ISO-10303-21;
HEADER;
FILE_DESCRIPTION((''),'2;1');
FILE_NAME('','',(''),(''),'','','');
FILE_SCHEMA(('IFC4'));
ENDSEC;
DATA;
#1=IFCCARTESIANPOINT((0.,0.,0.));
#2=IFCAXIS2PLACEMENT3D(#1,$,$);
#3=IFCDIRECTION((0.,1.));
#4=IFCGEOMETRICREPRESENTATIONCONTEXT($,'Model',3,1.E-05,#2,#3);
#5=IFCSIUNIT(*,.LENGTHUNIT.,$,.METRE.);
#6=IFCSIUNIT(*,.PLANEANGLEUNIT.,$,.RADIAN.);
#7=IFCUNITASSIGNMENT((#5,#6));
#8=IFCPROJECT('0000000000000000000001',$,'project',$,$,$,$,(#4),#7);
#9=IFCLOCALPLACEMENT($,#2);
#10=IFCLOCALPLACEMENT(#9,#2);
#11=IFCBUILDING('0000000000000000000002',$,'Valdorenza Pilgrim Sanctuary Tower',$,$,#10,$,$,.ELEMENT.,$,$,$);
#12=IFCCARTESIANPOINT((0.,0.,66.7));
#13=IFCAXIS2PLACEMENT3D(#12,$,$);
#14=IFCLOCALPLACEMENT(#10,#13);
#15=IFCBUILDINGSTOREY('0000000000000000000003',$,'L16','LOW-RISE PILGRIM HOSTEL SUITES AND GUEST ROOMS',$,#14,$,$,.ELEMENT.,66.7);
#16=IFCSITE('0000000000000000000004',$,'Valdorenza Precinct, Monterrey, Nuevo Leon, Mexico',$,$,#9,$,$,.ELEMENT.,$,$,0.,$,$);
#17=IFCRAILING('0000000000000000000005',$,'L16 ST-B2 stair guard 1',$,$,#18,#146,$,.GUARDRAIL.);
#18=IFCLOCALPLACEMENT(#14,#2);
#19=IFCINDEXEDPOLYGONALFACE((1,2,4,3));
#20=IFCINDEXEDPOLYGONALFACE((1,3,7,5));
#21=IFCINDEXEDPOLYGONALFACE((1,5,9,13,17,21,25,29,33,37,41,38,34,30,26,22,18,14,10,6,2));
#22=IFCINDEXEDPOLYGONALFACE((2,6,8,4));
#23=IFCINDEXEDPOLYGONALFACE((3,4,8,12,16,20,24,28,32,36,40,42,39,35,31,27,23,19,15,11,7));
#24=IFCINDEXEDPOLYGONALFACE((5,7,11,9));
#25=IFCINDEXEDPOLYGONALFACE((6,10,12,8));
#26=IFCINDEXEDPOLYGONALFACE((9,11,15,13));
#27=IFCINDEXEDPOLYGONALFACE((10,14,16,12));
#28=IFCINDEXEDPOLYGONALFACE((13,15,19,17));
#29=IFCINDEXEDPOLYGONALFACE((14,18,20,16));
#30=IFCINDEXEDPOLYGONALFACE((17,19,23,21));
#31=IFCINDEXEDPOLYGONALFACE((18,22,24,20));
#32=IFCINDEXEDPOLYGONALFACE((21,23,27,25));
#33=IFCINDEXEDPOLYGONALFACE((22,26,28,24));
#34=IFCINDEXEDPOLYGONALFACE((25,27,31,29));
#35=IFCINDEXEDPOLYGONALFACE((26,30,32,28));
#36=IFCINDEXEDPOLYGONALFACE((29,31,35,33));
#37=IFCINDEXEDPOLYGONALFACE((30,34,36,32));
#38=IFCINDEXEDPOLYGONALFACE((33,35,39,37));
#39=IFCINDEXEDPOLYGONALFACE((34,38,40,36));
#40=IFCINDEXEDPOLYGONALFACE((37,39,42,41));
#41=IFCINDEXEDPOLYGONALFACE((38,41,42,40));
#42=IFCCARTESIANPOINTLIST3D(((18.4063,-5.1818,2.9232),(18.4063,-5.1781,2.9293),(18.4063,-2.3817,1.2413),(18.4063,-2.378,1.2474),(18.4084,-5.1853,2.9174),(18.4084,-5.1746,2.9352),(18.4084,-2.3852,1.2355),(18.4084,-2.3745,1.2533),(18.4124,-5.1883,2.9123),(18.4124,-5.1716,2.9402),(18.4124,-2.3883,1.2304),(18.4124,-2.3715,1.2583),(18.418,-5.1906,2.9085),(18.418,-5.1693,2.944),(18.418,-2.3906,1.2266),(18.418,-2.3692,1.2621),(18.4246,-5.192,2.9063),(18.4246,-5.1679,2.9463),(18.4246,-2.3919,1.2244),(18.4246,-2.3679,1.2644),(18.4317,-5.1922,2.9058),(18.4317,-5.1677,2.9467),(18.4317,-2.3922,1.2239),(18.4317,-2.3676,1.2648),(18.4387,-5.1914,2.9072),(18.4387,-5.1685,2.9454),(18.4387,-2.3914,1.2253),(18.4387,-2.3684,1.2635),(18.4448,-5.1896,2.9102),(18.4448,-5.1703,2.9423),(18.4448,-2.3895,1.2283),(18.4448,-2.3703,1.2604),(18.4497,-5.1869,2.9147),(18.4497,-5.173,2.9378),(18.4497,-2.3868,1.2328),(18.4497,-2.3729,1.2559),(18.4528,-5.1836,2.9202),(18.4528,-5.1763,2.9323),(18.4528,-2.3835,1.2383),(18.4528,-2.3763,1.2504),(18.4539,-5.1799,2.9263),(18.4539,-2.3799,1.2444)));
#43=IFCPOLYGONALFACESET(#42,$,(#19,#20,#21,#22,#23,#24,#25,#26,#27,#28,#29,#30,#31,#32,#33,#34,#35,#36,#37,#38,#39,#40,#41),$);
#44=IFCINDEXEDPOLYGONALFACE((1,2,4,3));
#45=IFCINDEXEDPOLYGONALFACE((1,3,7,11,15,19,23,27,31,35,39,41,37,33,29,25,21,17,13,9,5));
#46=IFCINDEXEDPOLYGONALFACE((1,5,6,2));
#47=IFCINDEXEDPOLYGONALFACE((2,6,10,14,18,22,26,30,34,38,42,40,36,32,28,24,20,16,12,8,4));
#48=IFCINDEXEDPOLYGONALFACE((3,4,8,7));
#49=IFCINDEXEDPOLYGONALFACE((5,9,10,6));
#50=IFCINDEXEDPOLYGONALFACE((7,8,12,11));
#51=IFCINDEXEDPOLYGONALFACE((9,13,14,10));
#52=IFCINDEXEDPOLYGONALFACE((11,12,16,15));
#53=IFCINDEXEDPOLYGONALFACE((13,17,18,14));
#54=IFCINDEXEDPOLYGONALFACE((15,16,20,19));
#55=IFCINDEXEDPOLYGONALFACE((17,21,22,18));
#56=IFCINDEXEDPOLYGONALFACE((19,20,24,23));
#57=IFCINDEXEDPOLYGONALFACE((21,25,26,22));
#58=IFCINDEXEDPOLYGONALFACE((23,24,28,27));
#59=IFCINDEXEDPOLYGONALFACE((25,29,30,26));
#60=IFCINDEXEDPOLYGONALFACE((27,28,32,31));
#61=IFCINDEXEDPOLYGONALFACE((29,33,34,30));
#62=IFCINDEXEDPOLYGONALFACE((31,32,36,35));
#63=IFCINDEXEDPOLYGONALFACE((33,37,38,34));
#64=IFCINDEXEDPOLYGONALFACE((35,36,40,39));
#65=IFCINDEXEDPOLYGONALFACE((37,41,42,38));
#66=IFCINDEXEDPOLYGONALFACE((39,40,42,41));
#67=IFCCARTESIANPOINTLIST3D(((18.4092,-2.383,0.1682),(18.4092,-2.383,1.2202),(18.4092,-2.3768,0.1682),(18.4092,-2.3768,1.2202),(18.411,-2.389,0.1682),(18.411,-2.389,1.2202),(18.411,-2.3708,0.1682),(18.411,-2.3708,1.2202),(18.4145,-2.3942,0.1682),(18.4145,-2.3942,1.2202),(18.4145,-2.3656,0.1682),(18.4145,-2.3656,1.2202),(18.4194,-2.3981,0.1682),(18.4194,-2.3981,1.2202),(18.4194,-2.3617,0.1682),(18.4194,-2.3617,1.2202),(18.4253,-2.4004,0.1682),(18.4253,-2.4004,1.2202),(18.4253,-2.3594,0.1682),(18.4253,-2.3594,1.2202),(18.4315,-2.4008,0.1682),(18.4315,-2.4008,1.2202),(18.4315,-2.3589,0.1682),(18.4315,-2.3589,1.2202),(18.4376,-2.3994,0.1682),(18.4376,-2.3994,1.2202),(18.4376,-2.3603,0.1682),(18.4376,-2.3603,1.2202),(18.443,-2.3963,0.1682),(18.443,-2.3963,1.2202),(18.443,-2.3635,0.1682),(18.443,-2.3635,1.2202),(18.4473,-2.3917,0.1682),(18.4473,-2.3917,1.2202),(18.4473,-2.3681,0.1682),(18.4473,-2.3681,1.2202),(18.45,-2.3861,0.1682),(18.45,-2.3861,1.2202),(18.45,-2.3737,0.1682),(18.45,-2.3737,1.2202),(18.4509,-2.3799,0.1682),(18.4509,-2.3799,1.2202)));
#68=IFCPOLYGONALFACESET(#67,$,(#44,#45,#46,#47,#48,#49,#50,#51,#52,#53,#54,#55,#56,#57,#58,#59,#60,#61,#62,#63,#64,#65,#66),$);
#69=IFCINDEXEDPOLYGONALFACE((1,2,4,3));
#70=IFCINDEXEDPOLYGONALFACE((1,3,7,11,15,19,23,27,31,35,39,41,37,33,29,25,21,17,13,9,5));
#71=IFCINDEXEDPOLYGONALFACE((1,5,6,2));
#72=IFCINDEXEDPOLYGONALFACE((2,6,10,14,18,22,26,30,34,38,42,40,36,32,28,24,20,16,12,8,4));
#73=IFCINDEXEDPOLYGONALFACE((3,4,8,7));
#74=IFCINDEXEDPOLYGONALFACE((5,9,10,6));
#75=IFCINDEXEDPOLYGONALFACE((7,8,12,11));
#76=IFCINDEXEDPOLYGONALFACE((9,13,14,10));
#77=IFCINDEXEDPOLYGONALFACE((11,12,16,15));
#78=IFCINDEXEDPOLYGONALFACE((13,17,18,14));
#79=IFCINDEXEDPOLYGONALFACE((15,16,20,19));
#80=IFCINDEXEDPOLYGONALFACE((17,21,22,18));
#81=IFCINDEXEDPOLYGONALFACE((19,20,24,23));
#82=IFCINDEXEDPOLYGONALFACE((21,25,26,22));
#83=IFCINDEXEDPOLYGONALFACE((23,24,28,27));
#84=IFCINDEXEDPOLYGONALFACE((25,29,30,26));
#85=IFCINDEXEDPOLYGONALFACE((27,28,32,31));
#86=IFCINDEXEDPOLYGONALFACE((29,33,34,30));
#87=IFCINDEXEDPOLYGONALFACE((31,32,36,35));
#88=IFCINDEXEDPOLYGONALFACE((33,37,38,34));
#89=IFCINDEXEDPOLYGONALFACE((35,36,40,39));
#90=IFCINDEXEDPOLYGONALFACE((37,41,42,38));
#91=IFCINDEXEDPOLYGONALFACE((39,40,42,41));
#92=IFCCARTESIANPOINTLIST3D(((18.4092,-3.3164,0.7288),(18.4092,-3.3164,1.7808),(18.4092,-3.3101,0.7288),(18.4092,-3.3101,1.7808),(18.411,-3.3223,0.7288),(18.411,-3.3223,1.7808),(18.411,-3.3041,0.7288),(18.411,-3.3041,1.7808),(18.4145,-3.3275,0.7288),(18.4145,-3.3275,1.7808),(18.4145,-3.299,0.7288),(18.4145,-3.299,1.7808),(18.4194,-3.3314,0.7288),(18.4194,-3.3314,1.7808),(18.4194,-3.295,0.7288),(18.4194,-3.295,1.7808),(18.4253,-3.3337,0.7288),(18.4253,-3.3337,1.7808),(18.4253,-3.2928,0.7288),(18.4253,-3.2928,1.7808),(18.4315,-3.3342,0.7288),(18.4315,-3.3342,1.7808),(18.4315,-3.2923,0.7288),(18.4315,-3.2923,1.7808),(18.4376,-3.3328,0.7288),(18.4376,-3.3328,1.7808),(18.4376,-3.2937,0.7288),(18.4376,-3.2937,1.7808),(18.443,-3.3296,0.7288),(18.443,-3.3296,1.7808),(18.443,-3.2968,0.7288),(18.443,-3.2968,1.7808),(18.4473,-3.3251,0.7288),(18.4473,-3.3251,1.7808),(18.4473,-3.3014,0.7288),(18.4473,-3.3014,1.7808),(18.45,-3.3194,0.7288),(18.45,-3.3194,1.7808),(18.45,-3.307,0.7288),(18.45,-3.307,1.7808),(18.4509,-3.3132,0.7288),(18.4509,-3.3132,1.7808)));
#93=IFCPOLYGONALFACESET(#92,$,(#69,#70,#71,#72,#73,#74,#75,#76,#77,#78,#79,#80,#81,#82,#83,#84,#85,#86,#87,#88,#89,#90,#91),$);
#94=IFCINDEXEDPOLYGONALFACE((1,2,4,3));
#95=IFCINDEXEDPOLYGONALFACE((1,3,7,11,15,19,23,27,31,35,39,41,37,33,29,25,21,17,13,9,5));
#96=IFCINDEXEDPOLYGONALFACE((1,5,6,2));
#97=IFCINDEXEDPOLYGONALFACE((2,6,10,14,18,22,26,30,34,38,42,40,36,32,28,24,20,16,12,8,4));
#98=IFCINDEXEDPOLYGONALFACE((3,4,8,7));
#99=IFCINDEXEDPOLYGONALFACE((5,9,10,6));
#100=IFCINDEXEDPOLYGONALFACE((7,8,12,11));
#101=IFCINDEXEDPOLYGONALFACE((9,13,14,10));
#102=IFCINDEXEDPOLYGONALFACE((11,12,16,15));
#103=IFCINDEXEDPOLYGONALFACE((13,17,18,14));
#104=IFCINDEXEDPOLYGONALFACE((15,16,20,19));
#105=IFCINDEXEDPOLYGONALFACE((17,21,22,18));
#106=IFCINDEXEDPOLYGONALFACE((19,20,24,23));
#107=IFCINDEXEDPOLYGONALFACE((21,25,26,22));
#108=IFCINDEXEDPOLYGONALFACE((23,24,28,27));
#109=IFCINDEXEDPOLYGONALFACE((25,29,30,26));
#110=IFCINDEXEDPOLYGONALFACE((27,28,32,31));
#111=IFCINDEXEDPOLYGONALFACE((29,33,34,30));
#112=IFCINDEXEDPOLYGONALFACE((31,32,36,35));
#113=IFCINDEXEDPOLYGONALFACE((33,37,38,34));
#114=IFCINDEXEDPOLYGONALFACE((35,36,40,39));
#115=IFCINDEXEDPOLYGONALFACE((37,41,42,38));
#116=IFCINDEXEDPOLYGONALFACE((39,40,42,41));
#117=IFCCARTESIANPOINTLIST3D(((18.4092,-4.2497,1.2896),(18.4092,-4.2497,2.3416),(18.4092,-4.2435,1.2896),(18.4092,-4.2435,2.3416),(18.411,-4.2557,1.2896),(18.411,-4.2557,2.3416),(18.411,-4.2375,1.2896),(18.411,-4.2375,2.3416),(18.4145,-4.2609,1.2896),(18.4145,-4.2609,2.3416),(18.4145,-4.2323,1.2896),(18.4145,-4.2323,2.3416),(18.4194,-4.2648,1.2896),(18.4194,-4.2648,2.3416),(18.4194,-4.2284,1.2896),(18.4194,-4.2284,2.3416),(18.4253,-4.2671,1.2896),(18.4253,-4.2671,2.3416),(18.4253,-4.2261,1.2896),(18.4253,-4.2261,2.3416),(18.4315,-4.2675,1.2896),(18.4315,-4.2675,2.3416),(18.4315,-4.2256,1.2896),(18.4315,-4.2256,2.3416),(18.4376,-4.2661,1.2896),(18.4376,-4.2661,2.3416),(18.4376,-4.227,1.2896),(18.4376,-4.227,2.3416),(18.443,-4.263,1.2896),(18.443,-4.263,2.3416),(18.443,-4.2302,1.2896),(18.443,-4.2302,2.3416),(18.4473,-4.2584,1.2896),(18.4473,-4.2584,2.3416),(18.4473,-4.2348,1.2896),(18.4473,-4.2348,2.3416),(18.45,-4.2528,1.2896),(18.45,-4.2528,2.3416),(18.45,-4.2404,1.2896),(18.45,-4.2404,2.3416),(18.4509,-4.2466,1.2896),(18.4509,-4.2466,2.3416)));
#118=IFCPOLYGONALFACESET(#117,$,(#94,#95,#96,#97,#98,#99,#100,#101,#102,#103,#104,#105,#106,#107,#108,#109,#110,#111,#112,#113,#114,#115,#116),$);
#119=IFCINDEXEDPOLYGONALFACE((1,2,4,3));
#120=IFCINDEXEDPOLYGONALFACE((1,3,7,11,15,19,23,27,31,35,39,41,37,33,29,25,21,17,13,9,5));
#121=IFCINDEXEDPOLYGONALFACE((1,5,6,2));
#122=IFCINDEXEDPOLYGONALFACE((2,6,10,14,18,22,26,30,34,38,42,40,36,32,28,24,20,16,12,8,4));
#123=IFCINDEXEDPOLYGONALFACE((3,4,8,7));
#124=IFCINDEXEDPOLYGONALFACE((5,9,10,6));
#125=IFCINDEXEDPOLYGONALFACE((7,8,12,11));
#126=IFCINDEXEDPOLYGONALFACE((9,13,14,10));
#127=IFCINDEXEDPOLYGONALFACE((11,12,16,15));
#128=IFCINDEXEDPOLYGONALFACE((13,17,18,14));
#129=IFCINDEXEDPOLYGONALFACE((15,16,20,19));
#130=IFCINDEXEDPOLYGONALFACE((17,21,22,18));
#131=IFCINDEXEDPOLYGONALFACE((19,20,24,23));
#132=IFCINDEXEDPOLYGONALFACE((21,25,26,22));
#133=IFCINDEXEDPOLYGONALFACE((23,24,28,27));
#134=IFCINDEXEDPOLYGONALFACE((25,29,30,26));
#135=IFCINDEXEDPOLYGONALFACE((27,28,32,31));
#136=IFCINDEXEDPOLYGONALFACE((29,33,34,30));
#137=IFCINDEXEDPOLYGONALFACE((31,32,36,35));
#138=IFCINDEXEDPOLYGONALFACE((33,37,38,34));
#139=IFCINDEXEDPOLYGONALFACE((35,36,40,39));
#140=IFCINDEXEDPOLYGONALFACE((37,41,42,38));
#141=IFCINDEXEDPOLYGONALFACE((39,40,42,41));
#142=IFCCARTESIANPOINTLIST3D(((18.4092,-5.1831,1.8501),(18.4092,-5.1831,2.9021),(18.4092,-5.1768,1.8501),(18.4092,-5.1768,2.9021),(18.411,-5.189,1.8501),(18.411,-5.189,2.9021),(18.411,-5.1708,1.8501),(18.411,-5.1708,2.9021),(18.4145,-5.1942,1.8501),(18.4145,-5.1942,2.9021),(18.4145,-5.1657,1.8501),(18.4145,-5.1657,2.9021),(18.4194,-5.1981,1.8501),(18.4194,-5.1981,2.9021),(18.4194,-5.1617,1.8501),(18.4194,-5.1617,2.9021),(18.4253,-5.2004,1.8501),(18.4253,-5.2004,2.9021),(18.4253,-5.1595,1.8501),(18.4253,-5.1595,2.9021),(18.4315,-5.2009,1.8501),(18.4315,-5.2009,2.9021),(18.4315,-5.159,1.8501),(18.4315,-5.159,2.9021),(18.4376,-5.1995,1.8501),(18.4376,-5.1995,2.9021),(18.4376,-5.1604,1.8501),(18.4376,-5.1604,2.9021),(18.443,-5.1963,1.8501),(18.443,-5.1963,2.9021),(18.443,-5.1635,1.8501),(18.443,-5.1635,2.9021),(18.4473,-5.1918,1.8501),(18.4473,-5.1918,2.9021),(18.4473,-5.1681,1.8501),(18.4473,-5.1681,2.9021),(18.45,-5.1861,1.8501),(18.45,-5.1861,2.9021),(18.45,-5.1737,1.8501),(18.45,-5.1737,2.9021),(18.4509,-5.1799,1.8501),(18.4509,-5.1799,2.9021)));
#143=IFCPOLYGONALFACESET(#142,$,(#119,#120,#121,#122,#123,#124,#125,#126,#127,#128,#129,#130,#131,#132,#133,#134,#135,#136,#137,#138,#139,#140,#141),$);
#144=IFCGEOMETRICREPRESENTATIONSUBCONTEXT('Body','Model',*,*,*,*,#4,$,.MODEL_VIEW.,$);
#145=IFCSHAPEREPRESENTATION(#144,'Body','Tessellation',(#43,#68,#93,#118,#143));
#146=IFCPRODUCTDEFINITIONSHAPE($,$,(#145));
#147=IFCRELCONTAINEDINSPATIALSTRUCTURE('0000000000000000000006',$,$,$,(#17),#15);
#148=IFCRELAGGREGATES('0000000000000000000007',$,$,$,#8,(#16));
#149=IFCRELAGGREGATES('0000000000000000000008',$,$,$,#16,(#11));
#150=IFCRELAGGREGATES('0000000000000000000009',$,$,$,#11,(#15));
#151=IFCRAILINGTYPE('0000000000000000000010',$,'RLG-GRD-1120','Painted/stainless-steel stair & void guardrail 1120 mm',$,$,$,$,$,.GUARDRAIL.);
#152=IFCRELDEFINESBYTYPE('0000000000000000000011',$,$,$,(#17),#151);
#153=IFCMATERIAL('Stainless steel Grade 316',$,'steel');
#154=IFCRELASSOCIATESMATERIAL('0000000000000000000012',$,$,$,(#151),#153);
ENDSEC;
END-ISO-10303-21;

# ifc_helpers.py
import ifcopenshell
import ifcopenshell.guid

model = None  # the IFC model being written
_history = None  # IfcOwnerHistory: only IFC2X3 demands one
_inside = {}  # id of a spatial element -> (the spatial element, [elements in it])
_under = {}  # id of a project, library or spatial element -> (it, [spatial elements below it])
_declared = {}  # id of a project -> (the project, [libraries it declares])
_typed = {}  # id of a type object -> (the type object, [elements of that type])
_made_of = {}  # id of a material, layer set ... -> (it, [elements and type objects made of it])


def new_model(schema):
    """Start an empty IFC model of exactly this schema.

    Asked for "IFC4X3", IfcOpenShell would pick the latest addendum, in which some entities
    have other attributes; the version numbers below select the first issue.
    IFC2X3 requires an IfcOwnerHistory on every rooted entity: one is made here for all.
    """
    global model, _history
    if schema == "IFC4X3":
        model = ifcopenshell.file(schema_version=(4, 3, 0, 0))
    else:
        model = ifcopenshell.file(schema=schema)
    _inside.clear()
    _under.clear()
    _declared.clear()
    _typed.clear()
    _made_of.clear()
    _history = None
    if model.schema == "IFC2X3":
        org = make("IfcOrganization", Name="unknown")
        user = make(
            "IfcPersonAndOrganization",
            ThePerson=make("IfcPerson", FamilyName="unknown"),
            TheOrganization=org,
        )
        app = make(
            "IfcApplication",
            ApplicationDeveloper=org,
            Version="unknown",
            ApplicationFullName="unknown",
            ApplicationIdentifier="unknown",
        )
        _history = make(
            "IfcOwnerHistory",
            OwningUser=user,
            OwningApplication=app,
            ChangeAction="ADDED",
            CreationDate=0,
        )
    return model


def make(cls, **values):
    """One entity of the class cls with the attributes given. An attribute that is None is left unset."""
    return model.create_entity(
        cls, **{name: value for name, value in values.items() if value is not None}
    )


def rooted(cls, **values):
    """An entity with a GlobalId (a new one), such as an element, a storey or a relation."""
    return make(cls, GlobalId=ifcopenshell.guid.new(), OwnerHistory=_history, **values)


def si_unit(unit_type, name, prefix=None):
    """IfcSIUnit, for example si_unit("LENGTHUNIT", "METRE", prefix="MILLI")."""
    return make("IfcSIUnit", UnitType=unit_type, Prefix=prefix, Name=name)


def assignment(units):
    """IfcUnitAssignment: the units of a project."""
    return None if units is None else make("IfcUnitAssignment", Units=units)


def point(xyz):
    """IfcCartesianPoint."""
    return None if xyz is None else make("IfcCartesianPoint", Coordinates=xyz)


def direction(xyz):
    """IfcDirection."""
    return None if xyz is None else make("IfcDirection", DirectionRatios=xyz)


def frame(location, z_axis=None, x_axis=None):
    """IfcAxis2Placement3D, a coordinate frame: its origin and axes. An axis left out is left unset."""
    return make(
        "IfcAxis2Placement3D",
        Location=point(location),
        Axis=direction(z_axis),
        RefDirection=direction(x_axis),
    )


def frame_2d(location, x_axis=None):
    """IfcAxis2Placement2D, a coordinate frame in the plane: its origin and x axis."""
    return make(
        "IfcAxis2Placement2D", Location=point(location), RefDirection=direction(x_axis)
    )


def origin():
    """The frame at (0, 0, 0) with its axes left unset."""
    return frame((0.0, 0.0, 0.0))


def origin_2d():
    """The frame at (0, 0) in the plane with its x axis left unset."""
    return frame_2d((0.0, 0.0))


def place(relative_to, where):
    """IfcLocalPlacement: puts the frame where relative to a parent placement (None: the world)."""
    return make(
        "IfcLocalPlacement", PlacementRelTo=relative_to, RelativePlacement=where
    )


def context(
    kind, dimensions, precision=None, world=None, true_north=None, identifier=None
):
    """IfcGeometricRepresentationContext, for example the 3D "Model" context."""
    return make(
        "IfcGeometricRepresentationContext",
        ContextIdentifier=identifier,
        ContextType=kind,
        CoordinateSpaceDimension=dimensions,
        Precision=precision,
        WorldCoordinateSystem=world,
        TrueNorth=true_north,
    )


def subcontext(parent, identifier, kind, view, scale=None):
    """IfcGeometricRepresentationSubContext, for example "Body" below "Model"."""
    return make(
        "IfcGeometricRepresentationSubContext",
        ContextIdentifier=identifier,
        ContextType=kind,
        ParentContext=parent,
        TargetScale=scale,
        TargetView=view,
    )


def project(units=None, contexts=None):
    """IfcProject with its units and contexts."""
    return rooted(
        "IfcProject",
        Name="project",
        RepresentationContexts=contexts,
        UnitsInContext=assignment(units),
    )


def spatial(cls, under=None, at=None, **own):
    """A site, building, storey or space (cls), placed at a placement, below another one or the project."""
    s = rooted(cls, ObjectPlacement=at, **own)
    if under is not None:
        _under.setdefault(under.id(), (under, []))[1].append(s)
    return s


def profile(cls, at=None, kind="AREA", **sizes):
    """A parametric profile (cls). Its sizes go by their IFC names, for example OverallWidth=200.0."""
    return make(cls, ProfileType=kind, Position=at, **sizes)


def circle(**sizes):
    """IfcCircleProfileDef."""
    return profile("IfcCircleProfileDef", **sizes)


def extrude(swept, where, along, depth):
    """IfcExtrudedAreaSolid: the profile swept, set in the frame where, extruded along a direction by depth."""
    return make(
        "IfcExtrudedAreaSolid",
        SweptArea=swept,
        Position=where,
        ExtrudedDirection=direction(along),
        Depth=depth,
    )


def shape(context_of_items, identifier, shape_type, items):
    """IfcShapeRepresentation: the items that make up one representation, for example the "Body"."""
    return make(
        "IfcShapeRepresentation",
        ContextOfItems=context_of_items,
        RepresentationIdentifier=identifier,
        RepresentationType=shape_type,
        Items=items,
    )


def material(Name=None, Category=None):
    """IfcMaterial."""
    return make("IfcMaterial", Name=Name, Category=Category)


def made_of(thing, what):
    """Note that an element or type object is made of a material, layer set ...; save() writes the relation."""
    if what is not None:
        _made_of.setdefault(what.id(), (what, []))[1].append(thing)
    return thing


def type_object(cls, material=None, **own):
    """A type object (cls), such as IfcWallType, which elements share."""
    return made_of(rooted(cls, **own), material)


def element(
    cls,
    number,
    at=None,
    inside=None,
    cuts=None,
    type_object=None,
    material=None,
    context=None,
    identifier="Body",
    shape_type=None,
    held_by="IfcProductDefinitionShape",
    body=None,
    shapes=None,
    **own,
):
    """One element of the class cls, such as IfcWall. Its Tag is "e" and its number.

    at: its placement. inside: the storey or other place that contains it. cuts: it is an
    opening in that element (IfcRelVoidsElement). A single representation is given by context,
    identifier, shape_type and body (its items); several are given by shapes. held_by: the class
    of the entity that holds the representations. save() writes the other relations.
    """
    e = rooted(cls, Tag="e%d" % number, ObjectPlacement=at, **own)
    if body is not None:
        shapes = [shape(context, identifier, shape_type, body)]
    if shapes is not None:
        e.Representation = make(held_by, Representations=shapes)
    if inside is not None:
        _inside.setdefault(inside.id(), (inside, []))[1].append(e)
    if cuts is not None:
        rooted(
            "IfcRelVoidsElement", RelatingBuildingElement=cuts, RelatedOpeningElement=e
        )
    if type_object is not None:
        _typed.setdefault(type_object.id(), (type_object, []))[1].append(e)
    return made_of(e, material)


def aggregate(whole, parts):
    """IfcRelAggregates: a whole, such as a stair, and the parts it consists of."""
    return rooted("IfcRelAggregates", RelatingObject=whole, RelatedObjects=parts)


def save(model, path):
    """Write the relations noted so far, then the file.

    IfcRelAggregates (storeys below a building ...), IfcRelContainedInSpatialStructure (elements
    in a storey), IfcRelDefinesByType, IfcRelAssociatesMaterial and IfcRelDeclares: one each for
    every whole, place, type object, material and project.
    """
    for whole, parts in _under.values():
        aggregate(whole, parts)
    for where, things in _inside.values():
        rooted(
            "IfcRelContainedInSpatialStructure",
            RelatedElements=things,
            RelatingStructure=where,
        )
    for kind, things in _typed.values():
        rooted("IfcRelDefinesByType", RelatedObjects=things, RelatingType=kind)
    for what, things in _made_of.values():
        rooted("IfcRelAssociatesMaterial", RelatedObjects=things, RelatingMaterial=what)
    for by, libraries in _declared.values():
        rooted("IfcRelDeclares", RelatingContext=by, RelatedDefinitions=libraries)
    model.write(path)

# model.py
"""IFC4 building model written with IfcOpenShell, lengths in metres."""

from ifc_helpers import new_model, si_unit, direction, frame, origin, origin_2d, place, context, subcontext, project, spatial, circle, extrude, material, type_object, element, save


model = new_model("IFC4")

# Units and contexts
model_context = context("Model", 3, precision=1e-05, world=origin(), true_north=direction((0.0, 1.0)))
body_context = subcontext(model_context, "Body", "Model", "MODEL_VIEW")
ifc_project = project(units=[si_unit("LENGTHUNIT", "METRE"), si_unit("PLANEANGLEUNIT", "RADIAN")], contexts=[model_context])

# Site, building, storey
site_placement = place(None, origin())
site = spatial("IfcSite", under=ifc_project, at=site_placement, Name="Valdorenza Precinct, Monterrey, Nuevo Leon, Mexico", CompositionType="ELEMENT", RefElevation=0.0)
building_placement = place(site_placement, origin())
building = spatial("IfcBuilding", under=site, at=building_placement, Name="Valdorenza Pilgrim Sanctuary Tower", CompositionType="ELEMENT")
storey_placement = place(building_placement, frame((0.0, 0.0, 66.7)))
storey = spatial("IfcBuildingStorey", under=building, at=storey_placement, Name="L16", Description="LOW-RISE PILGRIM HOSTEL SUITES AND GUEST ROOMS", CompositionType="ELEMENT", Elevation=66.7)

# Railing
ifc_material_1 = material(Name="Stainless steel Grade 316", Category="steel")
railing_type_1 = type_object("IfcRailingType", Name="RLG-GRD-1120", Description="Painted/stainless-steel stair & void guardrail 1120 mm", PredefinedType="GUARDRAIL", material=ifc_material_1)
railing_1_placement = place(storey_placement, frame((18.4299, -2.3799, 0.1682)))
element("IfcRailing", 1, at=railing_1_placement, inside=storey, type_object=railing_type_1, Name="L16 ST-B2 stair guard 1", PredefinedType="GUARDRAIL", context=body_context, shape_type="SweptSolid", body=[
    extrude(circle(Radius=0.0239, at=origin_2d()), frame((0.0, 0.0, 1.0762), z_axis=(0.0, -0.857242, 0.514913), x_axis=(1.0, 0.0, 0.0)), (0.0, 0.0, 1.0), 3.2664),
    extrude(circle(Radius=0.021, at=origin_2d()), origin(), (0.0, 0.0, 1.0), 1.052),
    extrude(circle(Radius=0.021, at=origin_2d()), frame((0.0, -0.9333, 0.5605)), (0.0, 0.0, 1.0), 1.052),
    extrude(circle(Radius=0.021, at=origin_2d()), frame((0.0, -1.8667, 1.1213)), (0.0, 0.0, 1.0), 1.052),
    extrude(circle(Radius=0.021, at=origin_2d()), frame((0.0, -2.8, 1.6819)), (0.0, 0.0, 1.0), 1.052),
])

save(model, "model.ifc")
